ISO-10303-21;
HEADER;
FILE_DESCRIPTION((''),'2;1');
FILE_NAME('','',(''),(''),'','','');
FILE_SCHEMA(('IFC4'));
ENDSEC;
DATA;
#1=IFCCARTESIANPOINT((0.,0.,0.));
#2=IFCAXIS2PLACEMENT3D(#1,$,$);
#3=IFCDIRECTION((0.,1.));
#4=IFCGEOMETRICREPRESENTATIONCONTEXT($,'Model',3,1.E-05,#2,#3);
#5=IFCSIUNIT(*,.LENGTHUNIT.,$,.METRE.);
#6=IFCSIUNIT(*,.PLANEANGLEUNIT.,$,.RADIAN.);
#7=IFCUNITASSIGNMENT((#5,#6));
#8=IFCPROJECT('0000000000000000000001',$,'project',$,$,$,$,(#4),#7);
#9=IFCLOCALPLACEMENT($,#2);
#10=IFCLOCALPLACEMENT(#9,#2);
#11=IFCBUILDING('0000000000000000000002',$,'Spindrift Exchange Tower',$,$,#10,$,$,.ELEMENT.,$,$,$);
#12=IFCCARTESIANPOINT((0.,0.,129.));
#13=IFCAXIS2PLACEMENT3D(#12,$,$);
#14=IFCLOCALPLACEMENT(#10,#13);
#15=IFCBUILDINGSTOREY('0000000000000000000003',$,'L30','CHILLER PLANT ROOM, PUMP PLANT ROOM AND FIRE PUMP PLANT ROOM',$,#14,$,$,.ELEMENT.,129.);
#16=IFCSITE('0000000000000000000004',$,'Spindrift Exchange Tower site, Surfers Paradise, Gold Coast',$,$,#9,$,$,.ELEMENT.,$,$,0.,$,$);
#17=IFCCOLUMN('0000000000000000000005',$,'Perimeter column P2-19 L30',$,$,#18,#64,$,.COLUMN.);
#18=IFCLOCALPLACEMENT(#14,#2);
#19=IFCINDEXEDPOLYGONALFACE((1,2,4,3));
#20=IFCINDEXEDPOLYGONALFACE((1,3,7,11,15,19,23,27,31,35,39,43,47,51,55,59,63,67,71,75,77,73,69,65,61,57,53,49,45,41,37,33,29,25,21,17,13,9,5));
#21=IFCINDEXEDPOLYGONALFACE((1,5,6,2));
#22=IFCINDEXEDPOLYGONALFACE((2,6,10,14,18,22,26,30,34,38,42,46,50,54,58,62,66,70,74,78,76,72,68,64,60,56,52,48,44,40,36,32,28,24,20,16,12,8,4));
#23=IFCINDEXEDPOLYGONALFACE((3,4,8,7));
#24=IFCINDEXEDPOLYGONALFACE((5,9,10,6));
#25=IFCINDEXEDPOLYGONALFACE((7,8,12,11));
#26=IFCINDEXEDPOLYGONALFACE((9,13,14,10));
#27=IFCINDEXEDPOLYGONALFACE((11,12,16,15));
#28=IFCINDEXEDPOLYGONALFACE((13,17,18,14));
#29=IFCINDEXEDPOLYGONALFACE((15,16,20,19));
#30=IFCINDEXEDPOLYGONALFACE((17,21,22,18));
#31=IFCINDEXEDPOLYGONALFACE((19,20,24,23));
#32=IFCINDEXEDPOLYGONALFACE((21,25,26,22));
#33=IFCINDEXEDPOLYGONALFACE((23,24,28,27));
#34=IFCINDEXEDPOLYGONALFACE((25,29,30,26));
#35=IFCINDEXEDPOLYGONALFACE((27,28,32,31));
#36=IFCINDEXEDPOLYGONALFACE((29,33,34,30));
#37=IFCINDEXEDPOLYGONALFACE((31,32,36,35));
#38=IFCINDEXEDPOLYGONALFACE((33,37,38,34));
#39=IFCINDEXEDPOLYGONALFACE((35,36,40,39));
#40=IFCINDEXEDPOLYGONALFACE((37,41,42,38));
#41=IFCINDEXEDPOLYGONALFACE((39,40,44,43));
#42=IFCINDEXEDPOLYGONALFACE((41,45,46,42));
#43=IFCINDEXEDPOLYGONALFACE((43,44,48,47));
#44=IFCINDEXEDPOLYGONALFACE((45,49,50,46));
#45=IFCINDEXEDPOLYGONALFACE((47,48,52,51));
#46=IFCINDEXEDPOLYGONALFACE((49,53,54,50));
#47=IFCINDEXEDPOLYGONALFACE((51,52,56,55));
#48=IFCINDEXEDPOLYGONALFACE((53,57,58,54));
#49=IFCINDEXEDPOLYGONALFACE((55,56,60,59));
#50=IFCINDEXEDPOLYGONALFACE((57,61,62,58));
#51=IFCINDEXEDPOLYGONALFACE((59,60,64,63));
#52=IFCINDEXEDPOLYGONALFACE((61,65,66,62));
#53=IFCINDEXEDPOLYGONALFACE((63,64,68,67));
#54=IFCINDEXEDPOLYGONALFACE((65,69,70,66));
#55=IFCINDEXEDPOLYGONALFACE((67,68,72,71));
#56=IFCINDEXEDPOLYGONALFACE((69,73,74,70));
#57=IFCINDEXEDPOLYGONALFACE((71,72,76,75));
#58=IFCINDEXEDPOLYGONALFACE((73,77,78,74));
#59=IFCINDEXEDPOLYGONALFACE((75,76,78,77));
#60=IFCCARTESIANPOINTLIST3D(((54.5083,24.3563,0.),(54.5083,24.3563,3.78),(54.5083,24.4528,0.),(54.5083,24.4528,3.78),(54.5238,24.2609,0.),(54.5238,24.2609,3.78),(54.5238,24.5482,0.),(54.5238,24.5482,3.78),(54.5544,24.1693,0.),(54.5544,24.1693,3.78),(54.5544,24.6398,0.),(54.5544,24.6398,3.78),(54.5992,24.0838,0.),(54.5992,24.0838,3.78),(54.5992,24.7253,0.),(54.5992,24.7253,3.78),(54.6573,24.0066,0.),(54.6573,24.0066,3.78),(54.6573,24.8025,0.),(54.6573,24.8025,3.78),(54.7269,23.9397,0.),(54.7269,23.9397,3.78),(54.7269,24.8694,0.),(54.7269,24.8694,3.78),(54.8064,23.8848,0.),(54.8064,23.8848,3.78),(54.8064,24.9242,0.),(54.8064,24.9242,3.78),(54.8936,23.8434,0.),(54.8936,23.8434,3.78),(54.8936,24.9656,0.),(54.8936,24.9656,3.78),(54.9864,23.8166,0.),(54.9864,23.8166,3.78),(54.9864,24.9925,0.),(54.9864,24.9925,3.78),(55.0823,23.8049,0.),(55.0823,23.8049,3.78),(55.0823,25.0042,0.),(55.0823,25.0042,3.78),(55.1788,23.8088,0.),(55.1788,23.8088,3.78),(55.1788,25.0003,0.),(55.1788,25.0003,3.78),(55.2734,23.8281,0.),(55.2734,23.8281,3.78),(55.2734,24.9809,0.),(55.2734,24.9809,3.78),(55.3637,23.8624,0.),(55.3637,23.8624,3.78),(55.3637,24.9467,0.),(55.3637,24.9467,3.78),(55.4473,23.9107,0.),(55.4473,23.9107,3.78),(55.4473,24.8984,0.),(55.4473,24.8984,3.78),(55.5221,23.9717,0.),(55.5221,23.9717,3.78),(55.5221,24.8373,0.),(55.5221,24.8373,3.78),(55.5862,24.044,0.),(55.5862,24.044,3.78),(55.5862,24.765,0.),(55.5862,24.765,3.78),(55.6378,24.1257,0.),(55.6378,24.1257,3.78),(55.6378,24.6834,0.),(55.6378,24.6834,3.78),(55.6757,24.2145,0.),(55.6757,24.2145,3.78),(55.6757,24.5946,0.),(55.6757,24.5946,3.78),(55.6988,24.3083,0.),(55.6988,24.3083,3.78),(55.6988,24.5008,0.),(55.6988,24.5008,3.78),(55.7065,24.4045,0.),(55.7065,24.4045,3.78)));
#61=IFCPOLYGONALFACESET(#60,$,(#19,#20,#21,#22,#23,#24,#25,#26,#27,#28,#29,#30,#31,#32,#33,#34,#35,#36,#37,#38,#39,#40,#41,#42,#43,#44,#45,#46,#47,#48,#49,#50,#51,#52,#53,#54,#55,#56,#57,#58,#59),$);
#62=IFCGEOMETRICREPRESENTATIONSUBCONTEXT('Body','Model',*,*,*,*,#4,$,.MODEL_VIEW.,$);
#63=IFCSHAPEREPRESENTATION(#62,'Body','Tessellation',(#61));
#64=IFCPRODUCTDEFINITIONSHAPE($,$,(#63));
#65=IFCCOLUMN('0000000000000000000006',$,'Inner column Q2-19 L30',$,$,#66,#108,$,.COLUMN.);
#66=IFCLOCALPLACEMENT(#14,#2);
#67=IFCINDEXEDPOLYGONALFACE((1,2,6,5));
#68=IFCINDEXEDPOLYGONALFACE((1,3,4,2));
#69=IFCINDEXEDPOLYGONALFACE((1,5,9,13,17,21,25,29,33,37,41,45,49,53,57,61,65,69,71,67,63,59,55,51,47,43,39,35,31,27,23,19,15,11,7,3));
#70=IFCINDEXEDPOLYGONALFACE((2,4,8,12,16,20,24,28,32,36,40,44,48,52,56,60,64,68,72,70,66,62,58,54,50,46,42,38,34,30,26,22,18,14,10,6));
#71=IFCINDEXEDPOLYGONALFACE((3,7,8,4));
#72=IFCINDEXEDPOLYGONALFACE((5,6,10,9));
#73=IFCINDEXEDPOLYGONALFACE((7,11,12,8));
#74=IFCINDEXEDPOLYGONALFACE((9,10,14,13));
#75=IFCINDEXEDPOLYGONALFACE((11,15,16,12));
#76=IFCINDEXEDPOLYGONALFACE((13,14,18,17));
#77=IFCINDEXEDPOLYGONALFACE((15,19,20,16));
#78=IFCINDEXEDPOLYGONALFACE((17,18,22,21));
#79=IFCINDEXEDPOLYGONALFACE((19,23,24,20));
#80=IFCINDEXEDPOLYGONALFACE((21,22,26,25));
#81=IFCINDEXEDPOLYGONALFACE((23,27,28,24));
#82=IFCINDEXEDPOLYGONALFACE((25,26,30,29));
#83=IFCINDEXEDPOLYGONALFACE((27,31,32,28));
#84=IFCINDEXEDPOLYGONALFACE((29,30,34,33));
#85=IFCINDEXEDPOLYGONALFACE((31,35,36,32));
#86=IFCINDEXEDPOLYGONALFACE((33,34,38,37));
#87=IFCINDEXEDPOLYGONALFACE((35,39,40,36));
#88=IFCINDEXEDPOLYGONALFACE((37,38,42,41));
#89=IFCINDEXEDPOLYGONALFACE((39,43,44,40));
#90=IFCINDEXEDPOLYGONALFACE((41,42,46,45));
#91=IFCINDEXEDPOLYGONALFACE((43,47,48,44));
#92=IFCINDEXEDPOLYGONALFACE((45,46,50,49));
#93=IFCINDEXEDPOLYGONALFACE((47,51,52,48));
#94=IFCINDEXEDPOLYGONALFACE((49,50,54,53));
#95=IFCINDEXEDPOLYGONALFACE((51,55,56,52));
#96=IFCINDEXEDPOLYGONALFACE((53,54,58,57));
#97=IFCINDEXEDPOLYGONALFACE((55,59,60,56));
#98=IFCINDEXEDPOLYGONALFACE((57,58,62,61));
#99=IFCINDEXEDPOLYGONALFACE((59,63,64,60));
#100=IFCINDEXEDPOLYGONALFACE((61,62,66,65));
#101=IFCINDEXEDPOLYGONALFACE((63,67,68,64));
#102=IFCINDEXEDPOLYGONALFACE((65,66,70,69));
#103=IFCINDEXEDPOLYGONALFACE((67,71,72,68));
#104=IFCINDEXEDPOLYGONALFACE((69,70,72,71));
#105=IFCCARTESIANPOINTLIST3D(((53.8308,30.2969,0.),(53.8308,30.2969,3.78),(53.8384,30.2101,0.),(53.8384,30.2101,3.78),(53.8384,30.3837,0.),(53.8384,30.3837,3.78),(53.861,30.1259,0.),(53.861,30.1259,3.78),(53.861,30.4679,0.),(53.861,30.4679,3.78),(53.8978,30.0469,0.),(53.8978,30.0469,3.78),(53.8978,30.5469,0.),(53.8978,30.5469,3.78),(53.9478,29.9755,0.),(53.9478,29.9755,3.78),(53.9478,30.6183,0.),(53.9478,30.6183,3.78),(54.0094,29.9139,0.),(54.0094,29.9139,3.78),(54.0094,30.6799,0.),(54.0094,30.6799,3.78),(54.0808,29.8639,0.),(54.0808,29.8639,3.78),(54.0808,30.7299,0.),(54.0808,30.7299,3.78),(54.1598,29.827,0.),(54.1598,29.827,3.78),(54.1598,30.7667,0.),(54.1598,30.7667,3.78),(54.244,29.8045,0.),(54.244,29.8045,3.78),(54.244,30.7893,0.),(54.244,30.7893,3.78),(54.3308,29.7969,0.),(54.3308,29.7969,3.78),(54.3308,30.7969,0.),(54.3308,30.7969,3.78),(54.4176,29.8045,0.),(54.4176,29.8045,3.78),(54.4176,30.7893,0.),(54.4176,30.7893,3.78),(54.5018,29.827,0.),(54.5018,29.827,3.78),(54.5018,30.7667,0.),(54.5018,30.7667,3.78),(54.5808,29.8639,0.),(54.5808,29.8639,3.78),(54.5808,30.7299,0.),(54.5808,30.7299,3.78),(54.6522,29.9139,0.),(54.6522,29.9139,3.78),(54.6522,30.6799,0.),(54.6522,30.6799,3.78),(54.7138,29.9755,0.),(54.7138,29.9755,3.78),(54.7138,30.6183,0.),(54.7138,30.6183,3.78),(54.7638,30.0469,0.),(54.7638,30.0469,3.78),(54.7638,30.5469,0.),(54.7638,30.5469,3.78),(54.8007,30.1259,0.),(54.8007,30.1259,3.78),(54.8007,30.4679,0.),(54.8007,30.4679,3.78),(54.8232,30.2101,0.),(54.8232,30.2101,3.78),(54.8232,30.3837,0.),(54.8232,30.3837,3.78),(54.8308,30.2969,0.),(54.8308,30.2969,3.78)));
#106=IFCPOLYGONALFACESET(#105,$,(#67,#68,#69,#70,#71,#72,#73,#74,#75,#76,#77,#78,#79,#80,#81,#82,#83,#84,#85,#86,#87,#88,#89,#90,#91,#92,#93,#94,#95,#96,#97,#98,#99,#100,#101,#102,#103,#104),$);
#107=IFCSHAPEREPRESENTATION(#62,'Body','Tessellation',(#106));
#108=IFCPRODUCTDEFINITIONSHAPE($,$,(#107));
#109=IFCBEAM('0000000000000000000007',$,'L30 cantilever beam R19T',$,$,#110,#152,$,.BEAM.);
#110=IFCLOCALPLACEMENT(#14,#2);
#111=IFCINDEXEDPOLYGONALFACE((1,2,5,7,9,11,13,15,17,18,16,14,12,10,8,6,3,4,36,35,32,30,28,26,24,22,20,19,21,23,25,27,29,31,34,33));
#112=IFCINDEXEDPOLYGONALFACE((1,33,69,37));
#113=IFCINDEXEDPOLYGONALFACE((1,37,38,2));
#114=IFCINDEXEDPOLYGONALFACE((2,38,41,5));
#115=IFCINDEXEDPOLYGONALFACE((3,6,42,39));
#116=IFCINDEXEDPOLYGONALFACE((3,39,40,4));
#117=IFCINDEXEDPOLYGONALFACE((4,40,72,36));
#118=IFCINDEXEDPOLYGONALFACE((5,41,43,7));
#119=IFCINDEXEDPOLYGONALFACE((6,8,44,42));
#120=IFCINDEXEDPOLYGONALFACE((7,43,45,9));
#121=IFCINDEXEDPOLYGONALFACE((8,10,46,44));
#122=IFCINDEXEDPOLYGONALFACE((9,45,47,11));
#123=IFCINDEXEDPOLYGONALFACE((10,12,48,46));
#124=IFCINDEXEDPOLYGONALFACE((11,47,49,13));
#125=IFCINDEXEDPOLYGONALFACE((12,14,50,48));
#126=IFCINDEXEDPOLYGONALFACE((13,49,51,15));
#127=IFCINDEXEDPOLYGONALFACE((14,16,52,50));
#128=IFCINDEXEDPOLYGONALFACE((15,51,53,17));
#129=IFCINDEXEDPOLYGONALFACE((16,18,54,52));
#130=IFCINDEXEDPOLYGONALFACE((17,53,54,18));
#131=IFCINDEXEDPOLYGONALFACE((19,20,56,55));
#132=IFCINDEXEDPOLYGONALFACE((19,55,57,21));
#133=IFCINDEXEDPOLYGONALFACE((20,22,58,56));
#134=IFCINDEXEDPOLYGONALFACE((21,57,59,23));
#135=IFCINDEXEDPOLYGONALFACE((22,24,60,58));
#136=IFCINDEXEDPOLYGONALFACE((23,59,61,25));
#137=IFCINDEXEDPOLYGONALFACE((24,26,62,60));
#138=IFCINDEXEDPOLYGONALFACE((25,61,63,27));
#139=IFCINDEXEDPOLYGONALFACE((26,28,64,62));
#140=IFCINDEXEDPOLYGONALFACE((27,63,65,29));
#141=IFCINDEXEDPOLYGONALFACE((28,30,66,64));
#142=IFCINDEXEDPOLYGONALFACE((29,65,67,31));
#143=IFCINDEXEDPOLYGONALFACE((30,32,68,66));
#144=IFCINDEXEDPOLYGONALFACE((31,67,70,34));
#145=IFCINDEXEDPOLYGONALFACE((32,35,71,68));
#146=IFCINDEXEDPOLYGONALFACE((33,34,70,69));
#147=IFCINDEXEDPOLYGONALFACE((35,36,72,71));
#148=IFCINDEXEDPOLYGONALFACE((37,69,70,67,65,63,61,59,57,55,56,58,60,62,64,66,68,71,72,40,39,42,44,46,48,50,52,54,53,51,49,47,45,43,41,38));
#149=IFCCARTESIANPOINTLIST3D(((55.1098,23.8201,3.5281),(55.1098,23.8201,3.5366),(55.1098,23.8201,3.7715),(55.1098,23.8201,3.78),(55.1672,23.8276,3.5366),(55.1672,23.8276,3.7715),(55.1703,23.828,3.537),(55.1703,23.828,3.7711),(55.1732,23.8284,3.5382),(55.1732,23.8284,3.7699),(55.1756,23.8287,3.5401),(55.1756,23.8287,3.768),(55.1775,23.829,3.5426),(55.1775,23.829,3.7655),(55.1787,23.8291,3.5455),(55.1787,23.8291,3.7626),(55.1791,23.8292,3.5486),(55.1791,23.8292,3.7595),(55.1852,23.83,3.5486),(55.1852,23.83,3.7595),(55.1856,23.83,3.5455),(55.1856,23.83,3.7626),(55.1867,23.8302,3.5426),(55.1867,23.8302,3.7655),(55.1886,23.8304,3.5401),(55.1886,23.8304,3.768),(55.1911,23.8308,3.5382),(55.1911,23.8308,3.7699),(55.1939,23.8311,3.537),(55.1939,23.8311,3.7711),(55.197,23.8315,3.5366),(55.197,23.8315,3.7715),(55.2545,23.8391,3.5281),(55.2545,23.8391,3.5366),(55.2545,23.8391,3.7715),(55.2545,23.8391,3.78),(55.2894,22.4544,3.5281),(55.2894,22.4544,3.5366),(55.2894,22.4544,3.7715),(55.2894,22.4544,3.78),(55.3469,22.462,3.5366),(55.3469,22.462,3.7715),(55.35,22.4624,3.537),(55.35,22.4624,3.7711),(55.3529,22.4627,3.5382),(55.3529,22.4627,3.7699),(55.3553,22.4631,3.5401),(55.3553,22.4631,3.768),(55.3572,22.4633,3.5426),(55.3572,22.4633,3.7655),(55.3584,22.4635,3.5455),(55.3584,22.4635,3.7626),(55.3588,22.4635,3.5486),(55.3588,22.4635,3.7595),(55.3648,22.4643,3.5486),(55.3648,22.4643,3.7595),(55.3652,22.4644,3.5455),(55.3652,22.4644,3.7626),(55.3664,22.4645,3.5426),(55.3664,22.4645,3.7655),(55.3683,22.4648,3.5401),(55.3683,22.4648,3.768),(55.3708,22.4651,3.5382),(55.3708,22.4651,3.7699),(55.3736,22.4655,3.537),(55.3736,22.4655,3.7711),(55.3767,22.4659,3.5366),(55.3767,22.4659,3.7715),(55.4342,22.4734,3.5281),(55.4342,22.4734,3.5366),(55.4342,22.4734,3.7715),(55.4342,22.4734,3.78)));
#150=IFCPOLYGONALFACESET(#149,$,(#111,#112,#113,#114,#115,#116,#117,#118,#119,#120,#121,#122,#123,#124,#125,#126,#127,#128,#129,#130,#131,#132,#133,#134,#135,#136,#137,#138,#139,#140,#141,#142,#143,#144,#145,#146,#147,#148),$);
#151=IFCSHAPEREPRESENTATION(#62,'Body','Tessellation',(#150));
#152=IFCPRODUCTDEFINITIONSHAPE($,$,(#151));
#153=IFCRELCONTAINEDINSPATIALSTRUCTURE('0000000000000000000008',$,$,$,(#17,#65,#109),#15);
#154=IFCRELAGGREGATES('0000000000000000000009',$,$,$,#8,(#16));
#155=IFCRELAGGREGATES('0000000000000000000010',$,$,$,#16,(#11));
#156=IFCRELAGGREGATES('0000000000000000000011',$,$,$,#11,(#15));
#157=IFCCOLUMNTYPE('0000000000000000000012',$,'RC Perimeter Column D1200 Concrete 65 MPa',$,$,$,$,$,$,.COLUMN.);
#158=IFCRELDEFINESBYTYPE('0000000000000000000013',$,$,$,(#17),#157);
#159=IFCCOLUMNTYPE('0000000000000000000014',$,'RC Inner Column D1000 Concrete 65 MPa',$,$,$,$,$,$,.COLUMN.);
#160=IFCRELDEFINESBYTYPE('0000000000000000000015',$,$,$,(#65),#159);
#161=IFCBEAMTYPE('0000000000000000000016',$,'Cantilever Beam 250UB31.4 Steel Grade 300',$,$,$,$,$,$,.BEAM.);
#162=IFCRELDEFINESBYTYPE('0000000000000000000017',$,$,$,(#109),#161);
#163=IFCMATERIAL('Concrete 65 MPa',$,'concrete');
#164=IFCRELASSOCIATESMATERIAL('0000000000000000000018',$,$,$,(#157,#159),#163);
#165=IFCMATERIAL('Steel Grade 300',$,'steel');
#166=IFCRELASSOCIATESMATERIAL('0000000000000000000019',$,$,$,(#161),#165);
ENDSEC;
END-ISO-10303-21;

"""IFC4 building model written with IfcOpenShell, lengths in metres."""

from ifc_helpers import new_model, si_unit, direction, frame, origin, origin_2d, place, context, subcontext, project, spatial, circle, i_section, extrude, source, transform, mapped, material, material_profile, profile_set, type_object, element, save


model = new_model("IFC4")

# Units and contexts
model_context = context("Model", 3, precision=1e-05, world=origin(), true_north=direction((0.0, 1.0)))
body_context = subcontext(model_context, "Body", "Model", "MODEL_VIEW")
ifc_project = project(units=[si_unit("LENGTHUNIT", "METRE"), si_unit("PLANEANGLEUNIT", "RADIAN")], contexts=[model_context])

# Site, building, storey
site_placement = place(None, origin())
site = spatial("IfcSite", under=ifc_project, at=site_placement, Name="Spindrift Exchange Tower site, Surfers Paradise, Gold Coast", CompositionType="ELEMENT", RefElevation=0.0)
building_placement = place(site_placement, origin())
building = spatial("IfcBuilding", under=site, at=building_placement, Name="Spindrift Exchange Tower", CompositionType="ELEMENT")
storey_placement = place(building_placement, frame((0.0, 0.0, 129.0)))
storey = spatial("IfcBuildingStorey", under=building, at=storey_placement, Name="L30", Description="CHILLER PLANT ROOM, PUMP PLANT ROOM AND FIRE PUMP PLANT ROOM", CompositionType="ELEMENT", Elevation=129.0)

# Columns
ifc_material_1 = material(Name="Concrete 65 MPa", Category="concrete")
ifc_material_profile_1 = material_profile(ifc_material_1, circle(Radius=0.6001, at=origin_2d()), Name="RC D1200")
ifc_profile_set_1 = profile_set([ifc_material_profile_1], Name="Concrete 65 MPa")
column_type_1 = type_object("IfcColumnType", Name="RC Perimeter Column D1200 Concrete 65 MPa", PredefinedType="COLUMN", material=ifc_profile_set_1)
shared_shape_1 = source(origin(), body_context, "Body", "SweptSolid", [
    extrude(circle(Radius=0.6001, at=origin_2d()), origin(), (0.0, 0.0, 1.0), 3.78),
])
column_1_placement = place(storey_placement, frame((55.1064, 24.4045, 0.0), z_axis=(0.0, 0.0, 1.0), x_axis=(1.0, 0.0, 0.0)))
element("IfcColumn", 1, at=column_1_placement, inside=storey, type_object=column_type_1, Name="Perimeter column P2-19 L30", PredefinedType="COLUMN", context=body_context, shape_type="MappedRepresentation", body=[
    mapped(shared_shape_1, transform((0.0, 0.0, 0.0), scale=1.0)),
])
ifc_material_profile_2 = material_profile(ifc_material_1, circle(Radius=0.5, at=origin_2d()), Name="RC D1000")
ifc_profile_set_2 = profile_set([ifc_material_profile_2], Name="Concrete 65 MPa")
column_type_2 = type_object("IfcColumnType", Name="RC Inner Column D1000 Concrete 65 MPa", PredefinedType="COLUMN", material=ifc_profile_set_2)
shared_shape_2 = source(origin(), body_context, "Body", "SweptSolid", [
    extrude(circle(Radius=0.5, at=origin_2d()), origin(), (0.0, 0.0, 1.0), 3.78),
])
column_2_placement = place(storey_placement, frame((54.3308, 30.2969, 0.0), z_axis=(0.0, 0.0, 1.0), x_axis=(1.0, 0.0, 0.0)))
element("IfcColumn", 2, at=column_2_placement, inside=storey, type_object=column_type_2, Name="Inner column Q2-19 L30", PredefinedType="COLUMN", context=body_context, shape_type="MappedRepresentation", body=[
    mapped(shared_shape_2, transform((0.0, 0.0, 0.0), scale=1.0)),
])

# Beam
ifc_material_2 = material(Name="Steel Grade 300", Category="steel")
ifc_material_profile_3 = material_profile(ifc_material_2, i_section(OverallWidth=0.146, OverallDepth=0.252, WebThickness=0.0061, FlangeThickness=0.0085, FilletRadius=0.012, at=origin_2d()), Name="250UB31.4")
ifc_profile_set_3 = profile_set([ifc_material_profile_3], Name="Steel Grade 300")
beam_type_1 = type_object("IfcBeamType", Name="Cantilever Beam 250UB31.4 Steel Grade 300", PredefinedType="BEAM", material=ifc_profile_set_3)
shared_shape_3 = source(origin(), body_context, "Body", "SweptSolid", [
    extrude(i_section(OverallWidth=0.146, OverallDepth=0.252, WebThickness=0.0061, FlangeThickness=0.0085, FilletRadius=0.012, at=origin_2d()), origin(), (0.0, 0.0, 1.0), 1.3774),
])
beam_1_placement = place(storey_placement, frame((55.1821, 23.8296, 3.6541), z_axis=(0.130445, -0.991456, 0.0), x_axis=(0.991456, 0.130445, 0.0)))
element("IfcBeam", 3, at=beam_1_placement, inside=storey, type_object=beam_type_1, Name="L30 cantilever beam R19T", PredefinedType="BEAM", context=body_context, shape_type="MappedRepresentation", body=[
    mapped(shared_shape_3, transform((0.0, 0.0, 0.0), scale=1.0)),
])

save(model, "model.ifc")
